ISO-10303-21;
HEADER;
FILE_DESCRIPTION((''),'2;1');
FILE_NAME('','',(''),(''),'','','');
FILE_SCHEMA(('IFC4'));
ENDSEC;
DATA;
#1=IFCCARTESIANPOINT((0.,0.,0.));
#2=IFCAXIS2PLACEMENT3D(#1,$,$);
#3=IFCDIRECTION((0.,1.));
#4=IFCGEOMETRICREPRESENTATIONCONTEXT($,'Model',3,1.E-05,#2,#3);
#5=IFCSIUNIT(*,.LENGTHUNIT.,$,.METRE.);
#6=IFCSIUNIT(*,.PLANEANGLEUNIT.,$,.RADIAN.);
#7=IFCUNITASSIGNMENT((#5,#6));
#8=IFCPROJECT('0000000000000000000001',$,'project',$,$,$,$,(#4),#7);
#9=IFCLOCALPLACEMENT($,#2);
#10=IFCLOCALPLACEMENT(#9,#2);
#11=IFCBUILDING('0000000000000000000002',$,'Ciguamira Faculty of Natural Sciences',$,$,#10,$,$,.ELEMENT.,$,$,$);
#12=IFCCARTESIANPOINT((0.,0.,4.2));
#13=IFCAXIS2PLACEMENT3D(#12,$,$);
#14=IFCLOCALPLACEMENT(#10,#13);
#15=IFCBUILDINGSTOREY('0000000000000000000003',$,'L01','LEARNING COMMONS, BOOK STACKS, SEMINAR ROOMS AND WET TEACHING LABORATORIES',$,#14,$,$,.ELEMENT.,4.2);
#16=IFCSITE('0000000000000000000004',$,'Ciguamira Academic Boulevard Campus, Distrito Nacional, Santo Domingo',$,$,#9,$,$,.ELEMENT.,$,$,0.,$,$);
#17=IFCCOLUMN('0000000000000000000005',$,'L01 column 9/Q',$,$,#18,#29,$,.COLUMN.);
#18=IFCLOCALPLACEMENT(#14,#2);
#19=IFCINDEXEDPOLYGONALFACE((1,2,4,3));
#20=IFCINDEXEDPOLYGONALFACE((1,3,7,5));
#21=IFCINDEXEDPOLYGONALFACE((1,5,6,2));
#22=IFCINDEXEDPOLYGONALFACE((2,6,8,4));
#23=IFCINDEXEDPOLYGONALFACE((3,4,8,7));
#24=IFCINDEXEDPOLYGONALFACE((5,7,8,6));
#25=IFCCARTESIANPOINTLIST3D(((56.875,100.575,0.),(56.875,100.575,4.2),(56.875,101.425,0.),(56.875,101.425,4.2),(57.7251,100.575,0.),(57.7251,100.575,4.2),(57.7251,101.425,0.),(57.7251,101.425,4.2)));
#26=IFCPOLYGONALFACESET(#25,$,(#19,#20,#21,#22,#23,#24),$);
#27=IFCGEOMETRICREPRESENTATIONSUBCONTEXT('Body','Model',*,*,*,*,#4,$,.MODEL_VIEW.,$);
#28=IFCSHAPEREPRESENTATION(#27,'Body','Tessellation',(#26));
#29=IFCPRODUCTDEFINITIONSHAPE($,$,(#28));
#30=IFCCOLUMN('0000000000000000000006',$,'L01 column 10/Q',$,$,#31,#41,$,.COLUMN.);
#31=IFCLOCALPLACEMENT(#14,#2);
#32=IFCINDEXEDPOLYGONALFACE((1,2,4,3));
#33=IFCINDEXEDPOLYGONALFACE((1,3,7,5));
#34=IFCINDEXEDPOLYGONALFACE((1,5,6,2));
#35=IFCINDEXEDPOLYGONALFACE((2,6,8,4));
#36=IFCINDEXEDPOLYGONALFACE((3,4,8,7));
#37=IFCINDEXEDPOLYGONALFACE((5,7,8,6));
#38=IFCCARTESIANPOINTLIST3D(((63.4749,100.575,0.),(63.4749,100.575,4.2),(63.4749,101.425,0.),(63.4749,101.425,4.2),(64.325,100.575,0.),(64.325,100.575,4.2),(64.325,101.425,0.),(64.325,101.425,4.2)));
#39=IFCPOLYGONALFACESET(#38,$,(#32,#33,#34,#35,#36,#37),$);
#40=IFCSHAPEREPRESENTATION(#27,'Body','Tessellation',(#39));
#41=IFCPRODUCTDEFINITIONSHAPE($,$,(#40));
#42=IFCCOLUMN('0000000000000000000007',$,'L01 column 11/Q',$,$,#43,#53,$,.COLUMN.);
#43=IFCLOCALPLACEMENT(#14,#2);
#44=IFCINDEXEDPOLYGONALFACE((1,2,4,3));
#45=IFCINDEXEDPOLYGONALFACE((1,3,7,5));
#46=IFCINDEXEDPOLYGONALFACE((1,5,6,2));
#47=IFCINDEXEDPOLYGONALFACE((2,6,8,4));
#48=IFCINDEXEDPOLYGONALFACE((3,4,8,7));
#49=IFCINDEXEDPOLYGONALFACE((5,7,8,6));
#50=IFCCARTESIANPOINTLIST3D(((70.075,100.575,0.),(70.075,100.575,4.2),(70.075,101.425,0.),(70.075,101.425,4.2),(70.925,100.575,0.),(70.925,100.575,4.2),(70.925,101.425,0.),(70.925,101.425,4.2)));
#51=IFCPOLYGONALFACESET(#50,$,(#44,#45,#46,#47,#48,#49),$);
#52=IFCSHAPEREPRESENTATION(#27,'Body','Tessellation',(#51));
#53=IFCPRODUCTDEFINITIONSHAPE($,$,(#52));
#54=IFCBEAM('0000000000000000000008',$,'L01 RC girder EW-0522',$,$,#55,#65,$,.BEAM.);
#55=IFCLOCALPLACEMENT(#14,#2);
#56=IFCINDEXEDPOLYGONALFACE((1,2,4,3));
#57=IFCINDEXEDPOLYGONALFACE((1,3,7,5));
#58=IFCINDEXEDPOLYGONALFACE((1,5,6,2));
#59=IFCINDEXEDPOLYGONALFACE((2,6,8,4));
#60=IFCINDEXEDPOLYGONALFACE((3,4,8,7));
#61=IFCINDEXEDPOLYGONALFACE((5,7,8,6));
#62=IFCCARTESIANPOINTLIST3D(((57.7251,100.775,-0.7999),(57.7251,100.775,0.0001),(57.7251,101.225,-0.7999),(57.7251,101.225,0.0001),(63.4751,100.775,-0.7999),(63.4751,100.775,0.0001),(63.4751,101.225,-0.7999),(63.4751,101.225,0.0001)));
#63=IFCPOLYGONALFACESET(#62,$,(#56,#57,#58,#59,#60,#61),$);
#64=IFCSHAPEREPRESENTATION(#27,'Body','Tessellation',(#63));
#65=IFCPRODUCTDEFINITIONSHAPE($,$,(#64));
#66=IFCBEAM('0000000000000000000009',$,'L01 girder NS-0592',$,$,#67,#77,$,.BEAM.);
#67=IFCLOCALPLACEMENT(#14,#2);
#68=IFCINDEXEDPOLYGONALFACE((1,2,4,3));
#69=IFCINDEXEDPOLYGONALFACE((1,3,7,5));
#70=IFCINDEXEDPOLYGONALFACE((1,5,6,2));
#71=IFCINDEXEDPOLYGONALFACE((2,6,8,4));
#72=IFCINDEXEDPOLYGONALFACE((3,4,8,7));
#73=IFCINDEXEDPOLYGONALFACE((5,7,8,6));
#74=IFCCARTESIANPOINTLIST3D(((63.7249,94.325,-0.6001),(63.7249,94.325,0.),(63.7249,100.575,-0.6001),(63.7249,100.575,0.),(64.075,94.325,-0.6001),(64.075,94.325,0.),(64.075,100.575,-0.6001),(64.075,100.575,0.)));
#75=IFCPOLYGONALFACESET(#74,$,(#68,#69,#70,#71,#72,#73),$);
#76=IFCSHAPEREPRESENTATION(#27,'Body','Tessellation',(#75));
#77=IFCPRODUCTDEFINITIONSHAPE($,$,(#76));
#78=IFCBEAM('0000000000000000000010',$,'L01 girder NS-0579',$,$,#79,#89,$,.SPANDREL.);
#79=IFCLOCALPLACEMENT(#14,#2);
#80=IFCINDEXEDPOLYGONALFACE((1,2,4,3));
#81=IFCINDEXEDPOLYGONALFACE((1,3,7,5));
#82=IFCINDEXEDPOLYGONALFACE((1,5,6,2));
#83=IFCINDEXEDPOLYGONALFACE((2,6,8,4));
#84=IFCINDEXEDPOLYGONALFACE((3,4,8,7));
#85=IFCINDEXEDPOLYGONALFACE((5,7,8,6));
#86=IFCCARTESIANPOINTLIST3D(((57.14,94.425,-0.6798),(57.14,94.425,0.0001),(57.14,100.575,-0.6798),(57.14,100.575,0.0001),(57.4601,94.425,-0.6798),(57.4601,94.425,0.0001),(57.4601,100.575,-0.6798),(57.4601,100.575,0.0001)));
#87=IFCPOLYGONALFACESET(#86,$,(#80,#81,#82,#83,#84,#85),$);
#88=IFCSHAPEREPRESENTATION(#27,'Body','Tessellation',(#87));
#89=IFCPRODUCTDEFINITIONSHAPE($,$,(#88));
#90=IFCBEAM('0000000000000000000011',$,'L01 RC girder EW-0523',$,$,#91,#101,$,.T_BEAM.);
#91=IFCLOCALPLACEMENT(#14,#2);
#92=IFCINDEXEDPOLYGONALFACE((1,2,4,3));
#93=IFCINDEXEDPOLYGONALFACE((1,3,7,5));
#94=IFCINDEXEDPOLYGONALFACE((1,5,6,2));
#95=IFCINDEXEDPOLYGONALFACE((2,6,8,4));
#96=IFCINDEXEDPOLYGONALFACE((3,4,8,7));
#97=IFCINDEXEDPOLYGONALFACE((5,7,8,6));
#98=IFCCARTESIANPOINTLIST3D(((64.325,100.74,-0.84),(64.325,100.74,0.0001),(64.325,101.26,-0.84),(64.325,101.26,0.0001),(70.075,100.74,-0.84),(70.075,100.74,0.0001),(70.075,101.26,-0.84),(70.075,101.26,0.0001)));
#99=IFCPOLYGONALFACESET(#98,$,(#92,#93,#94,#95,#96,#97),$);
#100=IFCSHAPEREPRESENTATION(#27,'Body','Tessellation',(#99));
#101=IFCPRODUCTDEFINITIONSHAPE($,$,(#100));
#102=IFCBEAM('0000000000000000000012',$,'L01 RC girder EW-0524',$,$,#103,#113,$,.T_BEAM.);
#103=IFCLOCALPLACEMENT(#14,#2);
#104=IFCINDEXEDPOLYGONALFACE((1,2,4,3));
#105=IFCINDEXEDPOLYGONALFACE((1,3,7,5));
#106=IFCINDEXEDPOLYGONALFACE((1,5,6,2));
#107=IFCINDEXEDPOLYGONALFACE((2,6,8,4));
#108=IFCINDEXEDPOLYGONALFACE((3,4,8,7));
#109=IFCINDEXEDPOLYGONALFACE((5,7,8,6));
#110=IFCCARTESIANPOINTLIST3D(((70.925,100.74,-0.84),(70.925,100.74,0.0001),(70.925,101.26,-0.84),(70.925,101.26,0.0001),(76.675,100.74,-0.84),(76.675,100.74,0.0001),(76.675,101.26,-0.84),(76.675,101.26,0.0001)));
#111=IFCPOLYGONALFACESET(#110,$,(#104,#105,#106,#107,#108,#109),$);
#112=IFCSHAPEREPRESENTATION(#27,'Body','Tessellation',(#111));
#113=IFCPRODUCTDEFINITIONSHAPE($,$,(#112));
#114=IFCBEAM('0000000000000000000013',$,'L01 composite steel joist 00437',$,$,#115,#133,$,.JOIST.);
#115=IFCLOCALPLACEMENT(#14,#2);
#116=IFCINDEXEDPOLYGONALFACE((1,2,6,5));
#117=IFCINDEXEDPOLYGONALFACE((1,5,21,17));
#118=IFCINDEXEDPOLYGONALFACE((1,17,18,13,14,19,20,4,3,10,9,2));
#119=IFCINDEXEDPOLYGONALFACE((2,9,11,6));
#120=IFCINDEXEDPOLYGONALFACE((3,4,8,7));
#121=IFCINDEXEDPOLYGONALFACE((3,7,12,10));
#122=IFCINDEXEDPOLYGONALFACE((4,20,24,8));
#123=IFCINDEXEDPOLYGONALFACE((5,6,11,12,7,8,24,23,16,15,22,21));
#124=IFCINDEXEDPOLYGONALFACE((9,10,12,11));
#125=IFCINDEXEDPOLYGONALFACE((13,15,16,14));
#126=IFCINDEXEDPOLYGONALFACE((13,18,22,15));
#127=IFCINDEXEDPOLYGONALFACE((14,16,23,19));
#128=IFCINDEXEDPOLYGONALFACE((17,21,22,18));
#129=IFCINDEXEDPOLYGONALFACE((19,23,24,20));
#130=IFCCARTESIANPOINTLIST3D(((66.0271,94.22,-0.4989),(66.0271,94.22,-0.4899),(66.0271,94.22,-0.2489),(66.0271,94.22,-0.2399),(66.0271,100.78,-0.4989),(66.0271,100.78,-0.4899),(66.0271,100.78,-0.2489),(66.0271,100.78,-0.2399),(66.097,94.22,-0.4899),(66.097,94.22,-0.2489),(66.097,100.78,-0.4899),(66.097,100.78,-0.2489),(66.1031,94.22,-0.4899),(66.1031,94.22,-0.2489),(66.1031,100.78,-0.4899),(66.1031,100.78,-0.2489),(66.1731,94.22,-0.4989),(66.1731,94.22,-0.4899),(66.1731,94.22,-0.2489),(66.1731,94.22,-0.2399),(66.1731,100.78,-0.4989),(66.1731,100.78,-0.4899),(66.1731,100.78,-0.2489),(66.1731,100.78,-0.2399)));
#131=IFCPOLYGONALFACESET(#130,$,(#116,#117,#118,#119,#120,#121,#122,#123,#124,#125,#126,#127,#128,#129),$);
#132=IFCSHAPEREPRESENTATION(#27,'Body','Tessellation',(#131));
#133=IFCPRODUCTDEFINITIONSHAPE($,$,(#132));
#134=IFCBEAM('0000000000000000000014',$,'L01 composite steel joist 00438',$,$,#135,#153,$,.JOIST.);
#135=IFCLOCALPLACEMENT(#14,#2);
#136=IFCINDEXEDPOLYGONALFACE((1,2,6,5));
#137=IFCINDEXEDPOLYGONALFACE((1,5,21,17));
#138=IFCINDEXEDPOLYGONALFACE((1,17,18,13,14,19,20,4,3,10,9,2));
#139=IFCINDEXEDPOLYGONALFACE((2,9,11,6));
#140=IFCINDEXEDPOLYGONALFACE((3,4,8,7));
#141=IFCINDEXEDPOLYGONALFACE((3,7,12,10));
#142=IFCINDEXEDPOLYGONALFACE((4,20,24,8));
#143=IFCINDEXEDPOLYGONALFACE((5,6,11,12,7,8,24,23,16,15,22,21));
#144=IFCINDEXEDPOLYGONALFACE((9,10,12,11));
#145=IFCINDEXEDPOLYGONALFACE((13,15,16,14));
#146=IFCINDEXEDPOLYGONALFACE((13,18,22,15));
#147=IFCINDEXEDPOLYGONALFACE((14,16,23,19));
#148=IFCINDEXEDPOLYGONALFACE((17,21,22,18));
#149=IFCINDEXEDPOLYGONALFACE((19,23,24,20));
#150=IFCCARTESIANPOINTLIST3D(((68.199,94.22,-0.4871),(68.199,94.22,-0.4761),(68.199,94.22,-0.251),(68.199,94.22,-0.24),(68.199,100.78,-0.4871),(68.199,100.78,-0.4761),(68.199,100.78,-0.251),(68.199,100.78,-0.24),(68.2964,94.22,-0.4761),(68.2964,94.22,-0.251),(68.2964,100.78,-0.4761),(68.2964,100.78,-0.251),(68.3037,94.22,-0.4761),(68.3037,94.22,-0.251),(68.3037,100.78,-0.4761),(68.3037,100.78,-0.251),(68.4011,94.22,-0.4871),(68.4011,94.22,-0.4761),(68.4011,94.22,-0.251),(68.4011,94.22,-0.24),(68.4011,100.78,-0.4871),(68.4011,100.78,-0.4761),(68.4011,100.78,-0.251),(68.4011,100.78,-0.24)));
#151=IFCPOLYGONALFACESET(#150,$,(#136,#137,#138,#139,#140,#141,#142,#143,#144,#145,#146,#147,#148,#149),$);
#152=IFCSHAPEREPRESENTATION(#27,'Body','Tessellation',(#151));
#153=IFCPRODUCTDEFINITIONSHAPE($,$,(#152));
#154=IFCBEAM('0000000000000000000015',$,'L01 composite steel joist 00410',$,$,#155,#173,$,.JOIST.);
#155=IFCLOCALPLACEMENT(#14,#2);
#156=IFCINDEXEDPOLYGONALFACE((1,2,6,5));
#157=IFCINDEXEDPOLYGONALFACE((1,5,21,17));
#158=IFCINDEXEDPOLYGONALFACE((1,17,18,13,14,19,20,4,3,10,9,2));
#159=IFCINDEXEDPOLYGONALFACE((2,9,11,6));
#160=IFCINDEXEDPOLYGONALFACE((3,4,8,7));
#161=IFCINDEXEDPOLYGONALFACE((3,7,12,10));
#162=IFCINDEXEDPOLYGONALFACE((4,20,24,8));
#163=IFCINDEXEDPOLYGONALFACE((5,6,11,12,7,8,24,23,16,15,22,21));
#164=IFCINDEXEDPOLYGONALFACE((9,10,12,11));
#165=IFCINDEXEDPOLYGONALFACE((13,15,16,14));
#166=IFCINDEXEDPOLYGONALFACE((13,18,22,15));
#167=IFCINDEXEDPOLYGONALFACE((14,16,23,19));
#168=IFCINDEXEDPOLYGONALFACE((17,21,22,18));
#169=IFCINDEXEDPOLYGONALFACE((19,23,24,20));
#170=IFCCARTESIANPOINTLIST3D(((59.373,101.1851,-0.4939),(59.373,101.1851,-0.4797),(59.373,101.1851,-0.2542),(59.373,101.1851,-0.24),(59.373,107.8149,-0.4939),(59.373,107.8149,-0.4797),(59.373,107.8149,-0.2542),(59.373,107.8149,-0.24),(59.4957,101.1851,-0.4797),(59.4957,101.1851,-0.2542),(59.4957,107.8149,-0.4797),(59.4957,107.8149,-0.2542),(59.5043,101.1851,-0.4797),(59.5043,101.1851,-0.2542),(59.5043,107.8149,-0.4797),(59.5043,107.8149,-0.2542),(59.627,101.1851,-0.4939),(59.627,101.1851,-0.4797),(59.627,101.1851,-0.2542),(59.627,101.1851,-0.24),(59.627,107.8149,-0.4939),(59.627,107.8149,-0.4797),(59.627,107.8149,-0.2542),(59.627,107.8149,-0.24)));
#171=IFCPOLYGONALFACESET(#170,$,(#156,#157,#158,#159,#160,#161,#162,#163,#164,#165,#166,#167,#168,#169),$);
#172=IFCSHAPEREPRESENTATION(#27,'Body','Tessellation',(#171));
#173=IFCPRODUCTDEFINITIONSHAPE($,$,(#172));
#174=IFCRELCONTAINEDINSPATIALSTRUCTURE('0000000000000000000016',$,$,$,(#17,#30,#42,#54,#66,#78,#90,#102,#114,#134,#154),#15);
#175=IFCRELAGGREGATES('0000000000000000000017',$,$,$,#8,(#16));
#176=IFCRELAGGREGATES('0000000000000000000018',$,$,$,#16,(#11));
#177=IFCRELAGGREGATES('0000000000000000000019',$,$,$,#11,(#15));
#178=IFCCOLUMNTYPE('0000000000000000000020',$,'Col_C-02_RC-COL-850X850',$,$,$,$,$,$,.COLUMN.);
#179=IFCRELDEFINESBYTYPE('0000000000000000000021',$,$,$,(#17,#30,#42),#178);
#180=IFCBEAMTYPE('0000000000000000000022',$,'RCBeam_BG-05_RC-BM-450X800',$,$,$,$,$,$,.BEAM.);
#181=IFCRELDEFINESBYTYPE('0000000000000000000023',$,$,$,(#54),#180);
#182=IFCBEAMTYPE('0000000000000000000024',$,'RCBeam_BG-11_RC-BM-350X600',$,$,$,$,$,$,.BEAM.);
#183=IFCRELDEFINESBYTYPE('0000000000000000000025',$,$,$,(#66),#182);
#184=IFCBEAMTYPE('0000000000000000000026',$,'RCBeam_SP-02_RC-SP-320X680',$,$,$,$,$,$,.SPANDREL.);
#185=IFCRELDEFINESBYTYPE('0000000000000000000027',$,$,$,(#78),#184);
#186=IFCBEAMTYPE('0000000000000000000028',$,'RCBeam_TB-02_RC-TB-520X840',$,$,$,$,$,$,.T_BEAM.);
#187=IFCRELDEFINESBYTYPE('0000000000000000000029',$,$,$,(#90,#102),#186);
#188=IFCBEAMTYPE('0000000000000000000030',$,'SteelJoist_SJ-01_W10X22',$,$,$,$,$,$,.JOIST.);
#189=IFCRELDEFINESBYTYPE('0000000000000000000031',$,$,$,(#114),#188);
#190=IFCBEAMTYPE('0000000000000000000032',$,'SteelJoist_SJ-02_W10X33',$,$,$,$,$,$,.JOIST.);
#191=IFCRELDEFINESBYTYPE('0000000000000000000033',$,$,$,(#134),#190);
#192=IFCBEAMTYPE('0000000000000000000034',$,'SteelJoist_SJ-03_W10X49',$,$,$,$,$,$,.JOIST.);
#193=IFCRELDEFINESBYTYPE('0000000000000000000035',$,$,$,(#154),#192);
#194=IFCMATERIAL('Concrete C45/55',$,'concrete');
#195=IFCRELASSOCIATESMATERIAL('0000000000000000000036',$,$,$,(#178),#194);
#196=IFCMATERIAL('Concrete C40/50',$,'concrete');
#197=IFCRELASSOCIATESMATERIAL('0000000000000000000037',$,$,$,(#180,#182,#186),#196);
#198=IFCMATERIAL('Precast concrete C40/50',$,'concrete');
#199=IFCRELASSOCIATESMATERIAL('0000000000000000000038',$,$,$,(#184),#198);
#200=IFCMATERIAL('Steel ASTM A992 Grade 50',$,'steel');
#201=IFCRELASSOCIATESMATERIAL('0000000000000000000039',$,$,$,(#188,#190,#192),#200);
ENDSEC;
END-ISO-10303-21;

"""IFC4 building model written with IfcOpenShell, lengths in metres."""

from ifc_helpers import new_model, si_unit, direction, frame, origin, origin_2d, place, context, subcontext, project, spatial, rectangle, i_section, extrude, material, material_profile, profile_set, type_object, element, save


model = new_model("IFC4")

# Units and contexts
model_context = context("Model", 3, precision=1e-05, world=origin(), true_north=direction((0.0, 1.0)))
body_context = subcontext(model_context, "Body", "Model", "MODEL_VIEW")
ifc_project = project(units=[si_unit("LENGTHUNIT", "METRE"), si_unit("PLANEANGLEUNIT", "RADIAN")], contexts=[model_context])

# Site, building, storey
site_placement = place(None, origin())
site = spatial("IfcSite", under=ifc_project, at=site_placement, Name="Ciguamira Academic Boulevard Campus, Distrito Nacional, Santo Domingo", CompositionType="ELEMENT", RefElevation=0.0)
building_placement = place(site_placement, origin())
building = spatial("IfcBuilding", under=site, at=building_placement, Name="Ciguamira Faculty of Natural Sciences", CompositionType="ELEMENT")
storey_placement = place(building_placement, frame((0.0, 0.0, 4.2)))
storey = spatial("IfcBuildingStorey", under=building, at=storey_placement, Name="L01", Description="LEARNING COMMONS, BOOK STACKS, SEMINAR ROOMS AND WET TEACHING LABORATORIES", CompositionType="ELEMENT", Elevation=4.2)

# Columns
ifc_material_1 = material(Name="Concrete C45/55", Category="concrete")
ifc_material_profile_1 = material_profile(ifc_material_1, rectangle(XDim=0.8501, YDim=0.8501, at=origin_2d()), Name="RC-COL-850X850")
ifc_profile_set_1 = profile_set([ifc_material_profile_1], Name="Concrete C45/55")
column_type = type_object("IfcColumnType", Name="Col_C-02_RC-COL-850X850", PredefinedType="COLUMN", material=ifc_profile_set_1)
for number, where, z_axis, x_axis, name in (
    (1, (57.3, 101.0, 0.0), (0.0, 0.0, 1.0), (1.0, 0.0, 0.0), "L01 column 9/Q"),
    (2, (63.8999, 101.0, 0.0), (0.0, 0.0, 1.0), (1.0, 0.0, 0.0), "L01 column 10/Q"),
    (3, (70.5, 101.0, 0.0), (0.0, 0.0, 1.0), (1.0, 0.0, 0.0), "L01 column 11/Q"),
):
    element("IfcColumn", number, at=place(storey_placement, frame(where, z_axis=z_axis, x_axis=x_axis)), inside=storey, type_object=column_type, Name=name, PredefinedType="COLUMN", context=body_context, shape_type="SweptSolid", body=[
        extrude(rectangle(XDim=0.8501, YDim=0.8501, at=origin_2d()), origin(), (0.0, 0.0, 1.0), 4.2),
    ])

# Beams
ifc_material_2 = material(Name="Concrete C40/50", Category="concrete")
ifc_material_profile_2 = material_profile(ifc_material_2, rectangle(XDim=0.45, YDim=0.8, at=origin_2d()), Name="RC-BM-450X800")
ifc_profile_set_2 = profile_set([ifc_material_profile_2], Name="Concrete C40/50")
beam_type_1 = type_object("IfcBeamType", Name="RCBeam_BG-05_RC-BM-450X800", PredefinedType="BEAM", material=ifc_profile_set_2)
beam_1_placement = place(storey_placement, frame((57.7251, 101.0, -0.3999), z_axis=(1.0, 0.0, 0.0), x_axis=(0.0, 1.0, 0.0)))
element("IfcBeam", 4, at=beam_1_placement, inside=storey, type_object=beam_type_1, Name="L01 RC girder EW-0522", PredefinedType="BEAM", context=body_context, shape_type="SweptSolid", body=[
    extrude(rectangle(XDim=0.45, YDim=0.8, at=origin_2d()), origin(), (0.0, 0.0, 1.0), 5.75),
])
ifc_material_profile_3 = material_profile(ifc_material_2, rectangle(XDim=0.3501, YDim=0.6001, at=origin_2d()), Name="RC-BM-350X600")
ifc_profile_set_3 = profile_set([ifc_material_profile_3], Name="Concrete C40/50")
beam_type_2 = type_object("IfcBeamType", Name="RCBeam_BG-11_RC-BM-350X600", PredefinedType="BEAM", material=ifc_profile_set_3)
beam_2_placement = place(storey_placement, frame((63.8999, 94.325, -0.3), z_axis=(0.0, 1.0, 0.0), x_axis=(-1.0, 0.0, 0.0)))
element("IfcBeam", 5, at=beam_2_placement, inside=storey, type_object=beam_type_2, Name="L01 girder NS-0592", PredefinedType="BEAM", context=body_context, shape_type="SweptSolid", body=[
    extrude(rectangle(XDim=0.3501, YDim=0.6001, at=origin_2d()), origin(), (0.0, 0.0, 1.0), 6.25),
])
ifc_material_3 = material(Name="Precast concrete C40/50", Category="concrete")
ifc_material_profile_4 = material_profile(ifc_material_3, rectangle(XDim=0.3201, YDim=0.6799, at=origin_2d()), Name="RC-SP-320X680")
ifc_profile_set_4 = profile_set([ifc_material_profile_4], Name="Precast concrete C40/50")
beam_type_3 = type_object("IfcBeamType", Name="RCBeam_SP-02_RC-SP-320X680", PredefinedType="SPANDREL", material=ifc_profile_set_4)
beam_3_placement = place(storey_placement, frame((57.3, 94.425, -0.3398), z_axis=(0.0, 1.0, 0.0), x_axis=(-1.0, 0.0, 0.0)))
element("IfcBeam", 6, at=beam_3_placement, inside=storey, type_object=beam_type_3, Name="L01 girder NS-0579", PredefinedType="SPANDREL", context=body_context, shape_type="SweptSolid", body=[
    extrude(rectangle(XDim=0.3201, YDim=0.6799, at=origin_2d()), origin(), (0.0, 0.0, 1.0), 6.1499),
])
ifc_material_profile_5 = material_profile(ifc_material_2, rectangle(XDim=0.52, YDim=0.8401, at=origin_2d()), Name="RC-TB-520X840")
ifc_profile_set_5 = profile_set([ifc_material_profile_5], Name="Concrete C40/50")
beam_type_4 = type_object("IfcBeamType", Name="RCBeam_TB-02_RC-TB-520X840", PredefinedType="T_BEAM", material=ifc_profile_set_5)
for number, where, z_axis, x_axis, name in (
    (7, (64.325, 101.0, -0.4199), (1.0, 0.0, 0.0), (0.0, 1.0, 0.0), "L01 RC girder EW-0523"),
    (8, (70.925, 101.0, -0.4199), (1.0, 0.0, 0.0), (0.0, 1.0, 0.0), "L01 RC girder EW-0524"),
):
    element("IfcBeam", number, at=place(storey_placement, frame(where, z_axis=z_axis, x_axis=x_axis)), inside=storey, type_object=beam_type_4, Name=name, PredefinedType="T_BEAM", context=body_context, shape_type="SweptSolid", body=[
        extrude(rectangle(XDim=0.52, YDim=0.8401, at=origin_2d()), origin(), (0.0, 0.0, 1.0), 5.75),
    ])
ifc_material_4 = material(Name="Steel ASTM A992 Grade 50", Category="steel")
ifc_material_profile_6 = material_profile(ifc_material_4, i_section(OverallWidth=0.146, OverallDepth=0.259, WebThickness=0.0061, FlangeThickness=0.009, at=origin_2d()), Name="W10X22")
ifc_profile_set_6 = profile_set([ifc_material_profile_6], Name="Steel ASTM A992 Grade 50")
beam_type_5 = type_object("IfcBeamType", Name="SteelJoist_SJ-01_W10X22", PredefinedType="JOIST", material=ifc_profile_set_6)
beam_4_placement = place(storey_placement, frame((66.1001, 94.22, -0.3694), z_axis=(0.0, 1.0, 0.0), x_axis=(-1.0, 0.0, 0.0)))
element("IfcBeam", 9, at=beam_4_placement, inside=storey, type_object=beam_type_5, Name="L01 composite steel joist 00437", PredefinedType="JOIST", context=body_context, shape_type="SweptSolid", body=[
    extrude(i_section(OverallWidth=0.146, OverallDepth=0.259, WebThickness=0.0061, FlangeThickness=0.009, at=origin_2d()), origin(), (0.0, 0.0, 1.0), 6.5601),
])
ifc_material_profile_7 = material_profile(ifc_material_4, i_section(OverallWidth=0.2021, OverallDepth=0.2471, WebThickness=0.0073, FlangeThickness=0.011, at=origin_2d()), Name="W10X33")
ifc_profile_set_7 = profile_set([ifc_material_profile_7], Name="Steel ASTM A992 Grade 50")
beam_type_6 = type_object("IfcBeamType", Name="SteelJoist_SJ-02_W10X33", PredefinedType="JOIST", material=ifc_profile_set_7)
beam_5_placement = place(storey_placement, frame((68.3, 94.22, -0.3635), z_axis=(0.0, 1.0, 0.0), x_axis=(-1.0, 0.0, 0.0)))
element("IfcBeam", 10, at=beam_5_placement, inside=storey, type_object=beam_type_6, Name="L01 composite steel joist 00438", PredefinedType="JOIST", context=body_context, shape_type="SweptSolid", body=[
    extrude(i_section(OverallWidth=0.2021, OverallDepth=0.2471, WebThickness=0.0073, FlangeThickness=0.011, at=origin_2d()), origin(), (0.0, 0.0, 1.0), 6.5601),
])
ifc_material_profile_8 = material_profile(ifc_material_4, i_section(OverallWidth=0.2539, OverallDepth=0.2539, WebThickness=0.0085, FlangeThickness=0.0142, at=origin_2d()), Name="W10X49")
ifc_profile_set_8 = profile_set([ifc_material_profile_8], Name="Steel ASTM A992 Grade 50")
beam_type_7 = type_object("IfcBeamType", Name="SteelJoist_SJ-03_W10X49", PredefinedType="JOIST", material=ifc_profile_set_8)
beam_6_placement = place(storey_placement, frame((59.5, 101.1851, -0.3669), z_axis=(0.0, 1.0, 0.0), x_axis=(-1.0, 0.0, 0.0)))
element("IfcBeam", 11, at=beam_6_placement, inside=storey, type_object=beam_type_7, Name="L01 composite steel joist 00410", PredefinedType="JOIST", context=body_context, shape_type="SweptSolid", body=[
    extrude(i_section(OverallWidth=0.2539, OverallDepth=0.2539, WebThickness=0.0085, FlangeThickness=0.0142, at=origin_2d()), origin(), (0.0, 0.0, 1.0), 6.6299),
])

save(model, "model.ifc")
